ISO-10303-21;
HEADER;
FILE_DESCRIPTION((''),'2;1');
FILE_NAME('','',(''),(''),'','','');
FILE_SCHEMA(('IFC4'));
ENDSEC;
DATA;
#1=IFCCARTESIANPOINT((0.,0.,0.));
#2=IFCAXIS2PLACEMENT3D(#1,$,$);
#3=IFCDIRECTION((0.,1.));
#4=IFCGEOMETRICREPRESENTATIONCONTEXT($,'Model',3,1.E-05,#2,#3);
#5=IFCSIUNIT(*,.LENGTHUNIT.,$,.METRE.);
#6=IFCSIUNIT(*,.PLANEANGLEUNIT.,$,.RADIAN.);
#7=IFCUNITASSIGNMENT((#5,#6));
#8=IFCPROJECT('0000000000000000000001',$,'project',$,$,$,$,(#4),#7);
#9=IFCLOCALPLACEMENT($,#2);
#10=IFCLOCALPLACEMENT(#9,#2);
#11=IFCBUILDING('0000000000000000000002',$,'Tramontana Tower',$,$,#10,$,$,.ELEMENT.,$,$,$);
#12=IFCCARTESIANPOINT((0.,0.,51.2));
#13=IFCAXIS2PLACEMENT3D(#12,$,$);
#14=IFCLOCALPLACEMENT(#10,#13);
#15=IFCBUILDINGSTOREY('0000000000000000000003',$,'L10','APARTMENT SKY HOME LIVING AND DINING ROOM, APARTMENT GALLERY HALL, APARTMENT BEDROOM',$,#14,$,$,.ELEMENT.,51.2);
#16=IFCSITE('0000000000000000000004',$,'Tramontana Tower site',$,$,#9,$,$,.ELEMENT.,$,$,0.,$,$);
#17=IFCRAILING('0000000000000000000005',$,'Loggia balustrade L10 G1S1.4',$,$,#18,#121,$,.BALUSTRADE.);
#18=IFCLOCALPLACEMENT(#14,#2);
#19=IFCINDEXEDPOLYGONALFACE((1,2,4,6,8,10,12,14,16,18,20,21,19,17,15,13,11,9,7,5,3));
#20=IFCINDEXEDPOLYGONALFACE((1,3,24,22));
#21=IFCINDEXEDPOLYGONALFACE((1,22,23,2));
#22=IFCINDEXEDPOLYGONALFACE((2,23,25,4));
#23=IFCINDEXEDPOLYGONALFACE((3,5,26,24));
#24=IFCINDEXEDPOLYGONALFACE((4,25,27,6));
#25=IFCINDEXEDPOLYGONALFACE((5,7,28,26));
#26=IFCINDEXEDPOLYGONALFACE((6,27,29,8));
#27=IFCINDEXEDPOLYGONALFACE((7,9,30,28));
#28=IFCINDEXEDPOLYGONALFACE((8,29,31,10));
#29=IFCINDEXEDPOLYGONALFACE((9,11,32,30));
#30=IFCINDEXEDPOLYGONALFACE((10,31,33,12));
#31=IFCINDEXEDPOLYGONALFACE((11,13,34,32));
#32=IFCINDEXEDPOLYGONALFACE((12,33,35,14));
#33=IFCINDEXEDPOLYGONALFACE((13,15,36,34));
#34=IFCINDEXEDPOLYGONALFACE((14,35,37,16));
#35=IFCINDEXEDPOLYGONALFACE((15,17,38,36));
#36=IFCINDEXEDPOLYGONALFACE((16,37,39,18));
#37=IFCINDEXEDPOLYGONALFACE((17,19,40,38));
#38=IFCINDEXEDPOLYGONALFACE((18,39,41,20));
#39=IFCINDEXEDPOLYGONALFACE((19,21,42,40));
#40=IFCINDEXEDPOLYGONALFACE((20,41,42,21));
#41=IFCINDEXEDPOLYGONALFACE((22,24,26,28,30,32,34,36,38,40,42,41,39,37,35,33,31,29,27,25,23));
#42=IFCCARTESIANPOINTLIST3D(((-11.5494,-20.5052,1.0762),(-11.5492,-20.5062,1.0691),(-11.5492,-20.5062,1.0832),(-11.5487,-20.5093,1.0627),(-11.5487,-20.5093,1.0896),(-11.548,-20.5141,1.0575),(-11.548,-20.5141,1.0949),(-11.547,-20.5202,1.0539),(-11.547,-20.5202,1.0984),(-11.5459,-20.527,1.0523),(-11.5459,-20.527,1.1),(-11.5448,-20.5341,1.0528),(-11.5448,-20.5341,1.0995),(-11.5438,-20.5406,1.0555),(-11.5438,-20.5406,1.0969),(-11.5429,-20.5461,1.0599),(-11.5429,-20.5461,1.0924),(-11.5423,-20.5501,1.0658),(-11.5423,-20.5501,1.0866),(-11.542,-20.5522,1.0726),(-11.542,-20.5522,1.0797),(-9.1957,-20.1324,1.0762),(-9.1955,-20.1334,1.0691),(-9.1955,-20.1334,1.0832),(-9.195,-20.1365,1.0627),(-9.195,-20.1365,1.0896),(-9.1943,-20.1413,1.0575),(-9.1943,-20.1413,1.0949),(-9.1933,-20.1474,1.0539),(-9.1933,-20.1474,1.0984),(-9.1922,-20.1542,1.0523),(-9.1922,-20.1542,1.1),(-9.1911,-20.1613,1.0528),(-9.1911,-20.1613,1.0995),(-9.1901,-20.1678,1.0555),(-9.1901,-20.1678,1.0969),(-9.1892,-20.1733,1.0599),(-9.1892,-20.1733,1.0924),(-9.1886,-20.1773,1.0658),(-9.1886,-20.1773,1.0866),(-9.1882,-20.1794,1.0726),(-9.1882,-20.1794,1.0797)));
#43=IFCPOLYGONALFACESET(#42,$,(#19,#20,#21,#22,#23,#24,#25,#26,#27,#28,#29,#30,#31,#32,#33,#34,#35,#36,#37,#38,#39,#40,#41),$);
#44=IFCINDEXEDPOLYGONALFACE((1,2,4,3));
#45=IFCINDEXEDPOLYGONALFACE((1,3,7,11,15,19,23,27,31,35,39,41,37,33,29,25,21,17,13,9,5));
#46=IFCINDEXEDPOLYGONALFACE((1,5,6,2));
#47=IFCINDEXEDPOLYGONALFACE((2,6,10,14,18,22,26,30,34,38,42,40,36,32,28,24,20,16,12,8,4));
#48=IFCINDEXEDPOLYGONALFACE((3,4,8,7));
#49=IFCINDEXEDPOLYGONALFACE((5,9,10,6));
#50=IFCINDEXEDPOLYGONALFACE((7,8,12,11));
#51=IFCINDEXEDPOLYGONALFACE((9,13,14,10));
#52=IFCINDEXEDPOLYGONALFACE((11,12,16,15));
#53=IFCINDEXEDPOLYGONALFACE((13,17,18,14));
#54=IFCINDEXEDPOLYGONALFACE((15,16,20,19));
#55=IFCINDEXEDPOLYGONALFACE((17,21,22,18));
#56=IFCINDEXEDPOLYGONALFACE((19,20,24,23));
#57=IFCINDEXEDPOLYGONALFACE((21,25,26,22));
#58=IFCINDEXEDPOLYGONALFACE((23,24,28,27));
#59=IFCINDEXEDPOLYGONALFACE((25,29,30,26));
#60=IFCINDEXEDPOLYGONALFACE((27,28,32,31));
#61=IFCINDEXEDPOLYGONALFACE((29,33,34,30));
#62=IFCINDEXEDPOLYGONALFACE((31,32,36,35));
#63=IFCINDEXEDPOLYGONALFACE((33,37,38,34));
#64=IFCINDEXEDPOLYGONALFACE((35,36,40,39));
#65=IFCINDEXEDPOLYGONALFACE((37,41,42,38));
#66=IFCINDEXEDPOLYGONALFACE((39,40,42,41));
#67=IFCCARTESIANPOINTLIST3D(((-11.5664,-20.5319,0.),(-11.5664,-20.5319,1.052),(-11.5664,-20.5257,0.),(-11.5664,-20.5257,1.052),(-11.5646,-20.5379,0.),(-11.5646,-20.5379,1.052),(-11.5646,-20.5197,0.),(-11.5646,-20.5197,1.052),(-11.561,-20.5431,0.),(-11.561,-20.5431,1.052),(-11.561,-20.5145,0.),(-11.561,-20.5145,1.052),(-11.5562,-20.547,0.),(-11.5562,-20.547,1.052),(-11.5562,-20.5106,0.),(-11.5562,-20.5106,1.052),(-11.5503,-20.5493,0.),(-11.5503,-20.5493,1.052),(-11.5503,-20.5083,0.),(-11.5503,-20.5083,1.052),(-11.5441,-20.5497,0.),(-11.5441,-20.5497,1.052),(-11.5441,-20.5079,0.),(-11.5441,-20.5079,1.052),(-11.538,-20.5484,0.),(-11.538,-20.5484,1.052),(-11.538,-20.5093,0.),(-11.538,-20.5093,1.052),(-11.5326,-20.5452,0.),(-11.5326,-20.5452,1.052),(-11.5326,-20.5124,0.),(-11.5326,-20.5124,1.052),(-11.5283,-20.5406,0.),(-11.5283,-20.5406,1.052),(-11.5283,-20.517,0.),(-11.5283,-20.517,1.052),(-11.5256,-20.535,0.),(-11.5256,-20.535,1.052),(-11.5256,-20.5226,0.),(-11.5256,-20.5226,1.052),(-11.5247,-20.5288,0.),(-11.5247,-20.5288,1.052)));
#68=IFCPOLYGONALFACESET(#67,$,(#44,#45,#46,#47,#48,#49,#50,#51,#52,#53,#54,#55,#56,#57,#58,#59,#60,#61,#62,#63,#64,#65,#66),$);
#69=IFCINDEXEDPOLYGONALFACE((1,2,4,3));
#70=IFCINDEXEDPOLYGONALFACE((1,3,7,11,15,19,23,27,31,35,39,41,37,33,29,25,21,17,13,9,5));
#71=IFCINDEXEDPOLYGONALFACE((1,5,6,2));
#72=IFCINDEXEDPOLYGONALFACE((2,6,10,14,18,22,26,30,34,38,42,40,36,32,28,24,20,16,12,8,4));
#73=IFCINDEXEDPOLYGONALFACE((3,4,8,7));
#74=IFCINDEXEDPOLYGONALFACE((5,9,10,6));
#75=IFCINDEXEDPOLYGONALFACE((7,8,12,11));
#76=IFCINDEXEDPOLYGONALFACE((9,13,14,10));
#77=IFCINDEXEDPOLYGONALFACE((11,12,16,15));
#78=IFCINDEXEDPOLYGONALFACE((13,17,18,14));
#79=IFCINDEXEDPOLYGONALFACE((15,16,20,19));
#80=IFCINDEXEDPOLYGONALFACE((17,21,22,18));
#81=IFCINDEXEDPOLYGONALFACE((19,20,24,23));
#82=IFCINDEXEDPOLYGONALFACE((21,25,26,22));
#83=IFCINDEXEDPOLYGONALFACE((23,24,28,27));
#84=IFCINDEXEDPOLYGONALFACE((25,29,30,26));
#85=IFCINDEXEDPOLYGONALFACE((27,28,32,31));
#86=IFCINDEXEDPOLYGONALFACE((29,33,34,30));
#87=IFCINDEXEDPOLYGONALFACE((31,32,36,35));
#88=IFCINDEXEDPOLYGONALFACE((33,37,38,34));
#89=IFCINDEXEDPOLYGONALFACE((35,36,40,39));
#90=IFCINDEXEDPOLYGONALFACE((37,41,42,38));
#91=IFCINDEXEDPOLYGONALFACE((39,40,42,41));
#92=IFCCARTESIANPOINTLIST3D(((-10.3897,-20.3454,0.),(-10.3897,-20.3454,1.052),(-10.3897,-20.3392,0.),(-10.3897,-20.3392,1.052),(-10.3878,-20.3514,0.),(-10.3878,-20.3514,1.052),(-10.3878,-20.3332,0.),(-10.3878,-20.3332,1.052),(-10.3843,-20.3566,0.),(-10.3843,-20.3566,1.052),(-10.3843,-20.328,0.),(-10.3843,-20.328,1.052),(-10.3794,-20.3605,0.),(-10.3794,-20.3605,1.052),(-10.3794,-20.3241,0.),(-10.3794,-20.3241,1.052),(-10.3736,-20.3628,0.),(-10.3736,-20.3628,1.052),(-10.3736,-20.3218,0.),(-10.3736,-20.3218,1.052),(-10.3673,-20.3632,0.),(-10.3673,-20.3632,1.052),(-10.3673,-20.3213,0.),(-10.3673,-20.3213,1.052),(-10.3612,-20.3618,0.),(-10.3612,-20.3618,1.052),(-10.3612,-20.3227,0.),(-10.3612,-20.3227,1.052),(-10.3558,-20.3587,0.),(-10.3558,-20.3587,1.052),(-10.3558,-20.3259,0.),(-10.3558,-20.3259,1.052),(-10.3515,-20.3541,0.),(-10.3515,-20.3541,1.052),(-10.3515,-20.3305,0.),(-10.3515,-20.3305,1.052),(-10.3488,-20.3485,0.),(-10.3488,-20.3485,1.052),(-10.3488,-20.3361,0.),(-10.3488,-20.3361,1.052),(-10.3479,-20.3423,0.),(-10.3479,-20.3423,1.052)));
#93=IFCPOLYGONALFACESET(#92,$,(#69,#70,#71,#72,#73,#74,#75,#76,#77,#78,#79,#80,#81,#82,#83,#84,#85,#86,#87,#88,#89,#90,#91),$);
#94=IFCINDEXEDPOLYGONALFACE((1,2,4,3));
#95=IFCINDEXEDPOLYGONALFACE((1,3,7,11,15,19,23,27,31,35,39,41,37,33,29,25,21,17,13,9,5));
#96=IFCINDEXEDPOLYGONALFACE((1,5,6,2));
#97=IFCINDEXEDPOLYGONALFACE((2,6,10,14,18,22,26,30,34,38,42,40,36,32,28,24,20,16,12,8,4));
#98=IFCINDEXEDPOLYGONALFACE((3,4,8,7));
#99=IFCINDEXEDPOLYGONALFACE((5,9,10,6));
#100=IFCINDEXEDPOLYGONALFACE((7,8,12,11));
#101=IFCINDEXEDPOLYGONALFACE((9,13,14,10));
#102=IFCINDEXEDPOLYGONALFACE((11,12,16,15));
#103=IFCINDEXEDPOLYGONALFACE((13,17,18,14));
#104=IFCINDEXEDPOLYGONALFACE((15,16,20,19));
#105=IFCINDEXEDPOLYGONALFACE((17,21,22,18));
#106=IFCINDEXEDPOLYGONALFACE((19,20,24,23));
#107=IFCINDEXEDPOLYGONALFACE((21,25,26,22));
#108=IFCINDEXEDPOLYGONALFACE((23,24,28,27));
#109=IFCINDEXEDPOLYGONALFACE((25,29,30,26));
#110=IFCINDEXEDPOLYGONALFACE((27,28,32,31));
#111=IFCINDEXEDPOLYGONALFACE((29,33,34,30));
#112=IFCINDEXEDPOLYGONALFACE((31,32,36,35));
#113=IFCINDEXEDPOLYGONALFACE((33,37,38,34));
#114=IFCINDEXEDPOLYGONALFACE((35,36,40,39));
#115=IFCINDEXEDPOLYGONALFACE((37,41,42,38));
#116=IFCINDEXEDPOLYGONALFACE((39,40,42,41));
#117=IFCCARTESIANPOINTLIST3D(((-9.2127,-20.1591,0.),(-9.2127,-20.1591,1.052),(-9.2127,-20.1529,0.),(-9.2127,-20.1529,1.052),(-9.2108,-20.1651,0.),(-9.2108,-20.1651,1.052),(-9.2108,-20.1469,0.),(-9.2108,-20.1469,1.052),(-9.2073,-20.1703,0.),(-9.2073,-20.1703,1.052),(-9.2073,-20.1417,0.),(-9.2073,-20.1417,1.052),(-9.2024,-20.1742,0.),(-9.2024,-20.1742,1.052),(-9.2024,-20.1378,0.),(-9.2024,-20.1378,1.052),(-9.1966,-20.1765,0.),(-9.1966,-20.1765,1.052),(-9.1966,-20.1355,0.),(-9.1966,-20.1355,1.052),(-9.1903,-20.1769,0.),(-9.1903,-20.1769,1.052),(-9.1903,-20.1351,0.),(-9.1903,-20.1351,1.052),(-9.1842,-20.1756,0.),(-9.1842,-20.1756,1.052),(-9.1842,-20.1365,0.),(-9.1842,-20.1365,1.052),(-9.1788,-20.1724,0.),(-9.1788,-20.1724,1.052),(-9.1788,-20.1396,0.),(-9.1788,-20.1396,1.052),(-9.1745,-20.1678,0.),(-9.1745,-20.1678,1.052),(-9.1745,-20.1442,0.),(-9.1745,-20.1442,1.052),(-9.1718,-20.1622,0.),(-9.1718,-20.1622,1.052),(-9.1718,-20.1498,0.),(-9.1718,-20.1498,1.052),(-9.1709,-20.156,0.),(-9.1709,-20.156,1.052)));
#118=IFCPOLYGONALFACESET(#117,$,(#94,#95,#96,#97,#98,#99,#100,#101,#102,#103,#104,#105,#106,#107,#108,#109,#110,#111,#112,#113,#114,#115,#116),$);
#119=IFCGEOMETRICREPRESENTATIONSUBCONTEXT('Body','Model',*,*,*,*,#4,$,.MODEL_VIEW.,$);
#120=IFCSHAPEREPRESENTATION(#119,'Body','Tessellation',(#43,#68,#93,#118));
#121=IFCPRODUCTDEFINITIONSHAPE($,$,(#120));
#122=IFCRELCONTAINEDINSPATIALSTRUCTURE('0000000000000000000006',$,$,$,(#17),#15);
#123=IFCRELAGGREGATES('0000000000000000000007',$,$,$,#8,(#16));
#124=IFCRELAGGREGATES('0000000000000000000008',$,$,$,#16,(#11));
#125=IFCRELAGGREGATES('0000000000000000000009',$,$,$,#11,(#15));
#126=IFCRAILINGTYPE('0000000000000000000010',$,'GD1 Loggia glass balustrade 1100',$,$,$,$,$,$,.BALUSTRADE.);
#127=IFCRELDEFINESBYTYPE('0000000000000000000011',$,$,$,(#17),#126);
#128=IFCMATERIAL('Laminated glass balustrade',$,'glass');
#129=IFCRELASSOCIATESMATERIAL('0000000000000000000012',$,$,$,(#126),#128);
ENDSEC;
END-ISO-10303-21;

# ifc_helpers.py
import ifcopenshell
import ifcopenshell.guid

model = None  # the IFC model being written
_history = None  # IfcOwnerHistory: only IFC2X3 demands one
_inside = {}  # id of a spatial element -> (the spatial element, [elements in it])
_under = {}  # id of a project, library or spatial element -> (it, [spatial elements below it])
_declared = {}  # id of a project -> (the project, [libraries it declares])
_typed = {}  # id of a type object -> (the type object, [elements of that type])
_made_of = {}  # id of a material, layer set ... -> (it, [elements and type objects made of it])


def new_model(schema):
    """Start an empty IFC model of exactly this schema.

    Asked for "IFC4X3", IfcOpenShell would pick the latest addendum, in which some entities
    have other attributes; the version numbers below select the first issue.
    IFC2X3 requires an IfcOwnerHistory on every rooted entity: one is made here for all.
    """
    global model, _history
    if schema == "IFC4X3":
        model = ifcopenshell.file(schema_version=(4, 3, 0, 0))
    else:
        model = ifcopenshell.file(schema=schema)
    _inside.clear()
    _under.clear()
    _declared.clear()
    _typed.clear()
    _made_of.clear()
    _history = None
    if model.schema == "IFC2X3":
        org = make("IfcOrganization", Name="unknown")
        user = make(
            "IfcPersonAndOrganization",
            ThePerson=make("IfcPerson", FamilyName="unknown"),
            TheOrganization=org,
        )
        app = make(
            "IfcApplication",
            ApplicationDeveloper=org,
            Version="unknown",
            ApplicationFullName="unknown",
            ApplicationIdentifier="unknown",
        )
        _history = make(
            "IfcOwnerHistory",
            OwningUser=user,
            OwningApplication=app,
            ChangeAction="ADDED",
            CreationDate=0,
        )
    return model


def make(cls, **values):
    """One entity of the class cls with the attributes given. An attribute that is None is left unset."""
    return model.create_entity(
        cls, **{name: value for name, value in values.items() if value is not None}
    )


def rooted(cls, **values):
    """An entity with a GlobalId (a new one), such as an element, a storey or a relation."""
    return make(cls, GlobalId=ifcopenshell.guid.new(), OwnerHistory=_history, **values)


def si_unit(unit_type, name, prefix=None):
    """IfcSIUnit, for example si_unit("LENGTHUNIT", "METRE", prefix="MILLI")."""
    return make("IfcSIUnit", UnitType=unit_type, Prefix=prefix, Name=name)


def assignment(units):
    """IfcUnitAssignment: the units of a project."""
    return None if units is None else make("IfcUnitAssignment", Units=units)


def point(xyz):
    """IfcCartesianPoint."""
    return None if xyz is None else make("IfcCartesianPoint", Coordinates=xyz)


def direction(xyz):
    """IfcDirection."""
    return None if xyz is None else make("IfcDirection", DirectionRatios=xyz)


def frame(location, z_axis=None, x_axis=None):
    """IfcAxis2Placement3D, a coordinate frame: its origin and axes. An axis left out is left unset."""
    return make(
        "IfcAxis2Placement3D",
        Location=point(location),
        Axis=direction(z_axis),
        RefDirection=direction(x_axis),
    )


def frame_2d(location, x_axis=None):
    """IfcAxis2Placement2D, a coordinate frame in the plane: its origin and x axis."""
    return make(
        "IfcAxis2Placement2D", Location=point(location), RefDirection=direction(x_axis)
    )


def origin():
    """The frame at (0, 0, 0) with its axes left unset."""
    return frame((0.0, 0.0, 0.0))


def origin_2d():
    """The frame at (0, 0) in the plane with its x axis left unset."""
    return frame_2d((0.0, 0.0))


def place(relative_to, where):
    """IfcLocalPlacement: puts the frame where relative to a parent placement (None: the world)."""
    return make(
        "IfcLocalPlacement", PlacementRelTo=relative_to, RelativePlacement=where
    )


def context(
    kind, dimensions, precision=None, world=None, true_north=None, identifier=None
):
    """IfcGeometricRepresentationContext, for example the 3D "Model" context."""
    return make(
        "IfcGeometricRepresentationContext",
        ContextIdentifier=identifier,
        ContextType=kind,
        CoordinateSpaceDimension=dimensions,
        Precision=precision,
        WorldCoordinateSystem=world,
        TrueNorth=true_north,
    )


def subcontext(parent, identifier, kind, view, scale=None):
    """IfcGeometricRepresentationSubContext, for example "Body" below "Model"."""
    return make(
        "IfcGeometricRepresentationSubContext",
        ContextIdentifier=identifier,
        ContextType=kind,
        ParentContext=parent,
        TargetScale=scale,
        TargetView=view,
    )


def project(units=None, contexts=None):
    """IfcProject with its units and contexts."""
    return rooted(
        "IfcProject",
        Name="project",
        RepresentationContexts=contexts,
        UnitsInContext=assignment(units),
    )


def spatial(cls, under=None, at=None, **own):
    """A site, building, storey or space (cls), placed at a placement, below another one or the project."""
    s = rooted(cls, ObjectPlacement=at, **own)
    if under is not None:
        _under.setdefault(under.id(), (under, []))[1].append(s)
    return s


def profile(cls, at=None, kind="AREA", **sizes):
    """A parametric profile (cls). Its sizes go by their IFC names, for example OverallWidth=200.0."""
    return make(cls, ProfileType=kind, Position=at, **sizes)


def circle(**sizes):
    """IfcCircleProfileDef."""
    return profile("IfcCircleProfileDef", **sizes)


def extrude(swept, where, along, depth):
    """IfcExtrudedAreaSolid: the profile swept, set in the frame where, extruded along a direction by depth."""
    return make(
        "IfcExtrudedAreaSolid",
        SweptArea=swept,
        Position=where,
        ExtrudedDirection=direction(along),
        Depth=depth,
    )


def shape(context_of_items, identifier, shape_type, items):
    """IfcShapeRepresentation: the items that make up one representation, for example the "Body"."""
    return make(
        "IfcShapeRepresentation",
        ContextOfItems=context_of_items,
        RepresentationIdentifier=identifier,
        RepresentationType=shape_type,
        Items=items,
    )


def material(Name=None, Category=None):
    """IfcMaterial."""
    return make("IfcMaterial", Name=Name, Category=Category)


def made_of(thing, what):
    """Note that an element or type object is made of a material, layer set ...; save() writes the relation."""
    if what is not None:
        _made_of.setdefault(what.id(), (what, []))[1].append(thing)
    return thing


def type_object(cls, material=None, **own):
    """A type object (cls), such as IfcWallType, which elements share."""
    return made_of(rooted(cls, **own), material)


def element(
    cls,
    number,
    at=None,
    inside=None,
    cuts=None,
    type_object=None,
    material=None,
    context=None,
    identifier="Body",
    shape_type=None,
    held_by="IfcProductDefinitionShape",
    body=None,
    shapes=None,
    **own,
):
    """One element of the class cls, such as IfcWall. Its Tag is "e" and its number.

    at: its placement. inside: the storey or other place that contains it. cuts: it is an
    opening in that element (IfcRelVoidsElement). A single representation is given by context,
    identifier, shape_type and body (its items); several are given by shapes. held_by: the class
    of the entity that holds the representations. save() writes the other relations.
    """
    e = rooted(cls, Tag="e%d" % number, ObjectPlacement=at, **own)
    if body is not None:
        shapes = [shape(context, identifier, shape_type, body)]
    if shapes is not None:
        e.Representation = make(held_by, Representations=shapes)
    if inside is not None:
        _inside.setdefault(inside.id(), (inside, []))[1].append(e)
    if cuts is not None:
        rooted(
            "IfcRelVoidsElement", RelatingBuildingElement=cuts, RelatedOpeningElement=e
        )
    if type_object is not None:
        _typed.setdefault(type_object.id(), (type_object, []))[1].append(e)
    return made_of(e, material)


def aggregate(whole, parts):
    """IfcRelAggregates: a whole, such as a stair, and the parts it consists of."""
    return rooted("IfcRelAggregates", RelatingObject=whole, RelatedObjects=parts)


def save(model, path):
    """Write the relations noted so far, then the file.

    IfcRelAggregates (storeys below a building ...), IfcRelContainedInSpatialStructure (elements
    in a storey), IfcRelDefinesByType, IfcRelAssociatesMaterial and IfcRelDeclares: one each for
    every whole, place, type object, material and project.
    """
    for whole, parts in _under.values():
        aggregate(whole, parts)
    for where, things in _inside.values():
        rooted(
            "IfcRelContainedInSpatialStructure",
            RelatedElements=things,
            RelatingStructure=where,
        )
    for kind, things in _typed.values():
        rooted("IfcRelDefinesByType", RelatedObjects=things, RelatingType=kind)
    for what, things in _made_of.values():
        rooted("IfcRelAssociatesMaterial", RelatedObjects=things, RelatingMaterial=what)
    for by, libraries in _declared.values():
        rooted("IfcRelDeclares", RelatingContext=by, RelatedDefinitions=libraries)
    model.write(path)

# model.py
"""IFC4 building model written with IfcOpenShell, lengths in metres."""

from ifc_helpers import new_model, si_unit, direction, frame, origin, origin_2d, place, context, subcontext, project, spatial, circle, extrude, material, type_object, element, save


model = new_model("IFC4")

# Units and contexts
model_context = context("Model", 3, precision=1e-05, world=origin(), true_north=direction((0.0, 1.0)))
body_context = subcontext(model_context, "Body", "Model", "MODEL_VIEW")
ifc_project = project(units=[si_unit("LENGTHUNIT", "METRE"), si_unit("PLANEANGLEUNIT", "RADIAN")], contexts=[model_context])

# Site, building, storey
site_placement = place(None, origin())
site = spatial("IfcSite", under=ifc_project, at=site_placement, Name="Tramontana Tower site", CompositionType="ELEMENT", RefElevation=0.0)
building_placement = place(site_placement, origin())
building = spatial("IfcBuilding", under=site, at=building_placement, Name="Tramontana Tower", CompositionType="ELEMENT")
storey_placement = place(building_placement, frame((0.0, 0.0, 51.2)))
storey = spatial("IfcBuildingStorey", under=building, at=storey_placement, Name="L10", Description="APARTMENT SKY HOME LIVING AND DINING ROOM, APARTMENT GALLERY HALL, APARTMENT BEDROOM", CompositionType="ELEMENT", Elevation=51.2)

# Railing
ifc_material_1 = material(Name="Laminated glass balustrade", Category="glass")
railing_type = type_object("IfcRailingType", Name="GD1 Loggia glass balustrade 1100", PredefinedType="BALUSTRADE", material=ifc_material_1)
railing_1_placement = place(storey_placement, frame((-11.5457, -20.5288, 0.0)))
element("IfcRailing", 1, at=railing_1_placement, inside=storey, type_object=railing_type, Name="Loggia balustrade L10 G1S1.4", PredefinedType="BALUSTRADE", context=body_context, shape_type="SweptSolid", body=[
    extrude(circle(Radius=0.0239, at=origin_2d()), frame((0.0, 0.0, 1.0762), z_axis=(0.987688, 0.156436, 0.0), x_axis=(-0.156436, 0.987688, 0.0)), (0.0, 0.0, 1.0), 2.3831),
    extrude(circle(Radius=0.021, at=origin_2d()), origin(), (0.0, 0.0, 1.0), 1.052),
    extrude(circle(Radius=0.021, at=origin_2d()), frame((1.1768, 0.1865, 0.0)), (0.0, 0.0, 1.0), 1.052),
    extrude(circle(Radius=0.021, at=origin_2d()), frame((2.3538, 0.3728, 0.0)), (0.0, 0.0, 1.0), 1.052),
])

save(model, "model.ifc")
